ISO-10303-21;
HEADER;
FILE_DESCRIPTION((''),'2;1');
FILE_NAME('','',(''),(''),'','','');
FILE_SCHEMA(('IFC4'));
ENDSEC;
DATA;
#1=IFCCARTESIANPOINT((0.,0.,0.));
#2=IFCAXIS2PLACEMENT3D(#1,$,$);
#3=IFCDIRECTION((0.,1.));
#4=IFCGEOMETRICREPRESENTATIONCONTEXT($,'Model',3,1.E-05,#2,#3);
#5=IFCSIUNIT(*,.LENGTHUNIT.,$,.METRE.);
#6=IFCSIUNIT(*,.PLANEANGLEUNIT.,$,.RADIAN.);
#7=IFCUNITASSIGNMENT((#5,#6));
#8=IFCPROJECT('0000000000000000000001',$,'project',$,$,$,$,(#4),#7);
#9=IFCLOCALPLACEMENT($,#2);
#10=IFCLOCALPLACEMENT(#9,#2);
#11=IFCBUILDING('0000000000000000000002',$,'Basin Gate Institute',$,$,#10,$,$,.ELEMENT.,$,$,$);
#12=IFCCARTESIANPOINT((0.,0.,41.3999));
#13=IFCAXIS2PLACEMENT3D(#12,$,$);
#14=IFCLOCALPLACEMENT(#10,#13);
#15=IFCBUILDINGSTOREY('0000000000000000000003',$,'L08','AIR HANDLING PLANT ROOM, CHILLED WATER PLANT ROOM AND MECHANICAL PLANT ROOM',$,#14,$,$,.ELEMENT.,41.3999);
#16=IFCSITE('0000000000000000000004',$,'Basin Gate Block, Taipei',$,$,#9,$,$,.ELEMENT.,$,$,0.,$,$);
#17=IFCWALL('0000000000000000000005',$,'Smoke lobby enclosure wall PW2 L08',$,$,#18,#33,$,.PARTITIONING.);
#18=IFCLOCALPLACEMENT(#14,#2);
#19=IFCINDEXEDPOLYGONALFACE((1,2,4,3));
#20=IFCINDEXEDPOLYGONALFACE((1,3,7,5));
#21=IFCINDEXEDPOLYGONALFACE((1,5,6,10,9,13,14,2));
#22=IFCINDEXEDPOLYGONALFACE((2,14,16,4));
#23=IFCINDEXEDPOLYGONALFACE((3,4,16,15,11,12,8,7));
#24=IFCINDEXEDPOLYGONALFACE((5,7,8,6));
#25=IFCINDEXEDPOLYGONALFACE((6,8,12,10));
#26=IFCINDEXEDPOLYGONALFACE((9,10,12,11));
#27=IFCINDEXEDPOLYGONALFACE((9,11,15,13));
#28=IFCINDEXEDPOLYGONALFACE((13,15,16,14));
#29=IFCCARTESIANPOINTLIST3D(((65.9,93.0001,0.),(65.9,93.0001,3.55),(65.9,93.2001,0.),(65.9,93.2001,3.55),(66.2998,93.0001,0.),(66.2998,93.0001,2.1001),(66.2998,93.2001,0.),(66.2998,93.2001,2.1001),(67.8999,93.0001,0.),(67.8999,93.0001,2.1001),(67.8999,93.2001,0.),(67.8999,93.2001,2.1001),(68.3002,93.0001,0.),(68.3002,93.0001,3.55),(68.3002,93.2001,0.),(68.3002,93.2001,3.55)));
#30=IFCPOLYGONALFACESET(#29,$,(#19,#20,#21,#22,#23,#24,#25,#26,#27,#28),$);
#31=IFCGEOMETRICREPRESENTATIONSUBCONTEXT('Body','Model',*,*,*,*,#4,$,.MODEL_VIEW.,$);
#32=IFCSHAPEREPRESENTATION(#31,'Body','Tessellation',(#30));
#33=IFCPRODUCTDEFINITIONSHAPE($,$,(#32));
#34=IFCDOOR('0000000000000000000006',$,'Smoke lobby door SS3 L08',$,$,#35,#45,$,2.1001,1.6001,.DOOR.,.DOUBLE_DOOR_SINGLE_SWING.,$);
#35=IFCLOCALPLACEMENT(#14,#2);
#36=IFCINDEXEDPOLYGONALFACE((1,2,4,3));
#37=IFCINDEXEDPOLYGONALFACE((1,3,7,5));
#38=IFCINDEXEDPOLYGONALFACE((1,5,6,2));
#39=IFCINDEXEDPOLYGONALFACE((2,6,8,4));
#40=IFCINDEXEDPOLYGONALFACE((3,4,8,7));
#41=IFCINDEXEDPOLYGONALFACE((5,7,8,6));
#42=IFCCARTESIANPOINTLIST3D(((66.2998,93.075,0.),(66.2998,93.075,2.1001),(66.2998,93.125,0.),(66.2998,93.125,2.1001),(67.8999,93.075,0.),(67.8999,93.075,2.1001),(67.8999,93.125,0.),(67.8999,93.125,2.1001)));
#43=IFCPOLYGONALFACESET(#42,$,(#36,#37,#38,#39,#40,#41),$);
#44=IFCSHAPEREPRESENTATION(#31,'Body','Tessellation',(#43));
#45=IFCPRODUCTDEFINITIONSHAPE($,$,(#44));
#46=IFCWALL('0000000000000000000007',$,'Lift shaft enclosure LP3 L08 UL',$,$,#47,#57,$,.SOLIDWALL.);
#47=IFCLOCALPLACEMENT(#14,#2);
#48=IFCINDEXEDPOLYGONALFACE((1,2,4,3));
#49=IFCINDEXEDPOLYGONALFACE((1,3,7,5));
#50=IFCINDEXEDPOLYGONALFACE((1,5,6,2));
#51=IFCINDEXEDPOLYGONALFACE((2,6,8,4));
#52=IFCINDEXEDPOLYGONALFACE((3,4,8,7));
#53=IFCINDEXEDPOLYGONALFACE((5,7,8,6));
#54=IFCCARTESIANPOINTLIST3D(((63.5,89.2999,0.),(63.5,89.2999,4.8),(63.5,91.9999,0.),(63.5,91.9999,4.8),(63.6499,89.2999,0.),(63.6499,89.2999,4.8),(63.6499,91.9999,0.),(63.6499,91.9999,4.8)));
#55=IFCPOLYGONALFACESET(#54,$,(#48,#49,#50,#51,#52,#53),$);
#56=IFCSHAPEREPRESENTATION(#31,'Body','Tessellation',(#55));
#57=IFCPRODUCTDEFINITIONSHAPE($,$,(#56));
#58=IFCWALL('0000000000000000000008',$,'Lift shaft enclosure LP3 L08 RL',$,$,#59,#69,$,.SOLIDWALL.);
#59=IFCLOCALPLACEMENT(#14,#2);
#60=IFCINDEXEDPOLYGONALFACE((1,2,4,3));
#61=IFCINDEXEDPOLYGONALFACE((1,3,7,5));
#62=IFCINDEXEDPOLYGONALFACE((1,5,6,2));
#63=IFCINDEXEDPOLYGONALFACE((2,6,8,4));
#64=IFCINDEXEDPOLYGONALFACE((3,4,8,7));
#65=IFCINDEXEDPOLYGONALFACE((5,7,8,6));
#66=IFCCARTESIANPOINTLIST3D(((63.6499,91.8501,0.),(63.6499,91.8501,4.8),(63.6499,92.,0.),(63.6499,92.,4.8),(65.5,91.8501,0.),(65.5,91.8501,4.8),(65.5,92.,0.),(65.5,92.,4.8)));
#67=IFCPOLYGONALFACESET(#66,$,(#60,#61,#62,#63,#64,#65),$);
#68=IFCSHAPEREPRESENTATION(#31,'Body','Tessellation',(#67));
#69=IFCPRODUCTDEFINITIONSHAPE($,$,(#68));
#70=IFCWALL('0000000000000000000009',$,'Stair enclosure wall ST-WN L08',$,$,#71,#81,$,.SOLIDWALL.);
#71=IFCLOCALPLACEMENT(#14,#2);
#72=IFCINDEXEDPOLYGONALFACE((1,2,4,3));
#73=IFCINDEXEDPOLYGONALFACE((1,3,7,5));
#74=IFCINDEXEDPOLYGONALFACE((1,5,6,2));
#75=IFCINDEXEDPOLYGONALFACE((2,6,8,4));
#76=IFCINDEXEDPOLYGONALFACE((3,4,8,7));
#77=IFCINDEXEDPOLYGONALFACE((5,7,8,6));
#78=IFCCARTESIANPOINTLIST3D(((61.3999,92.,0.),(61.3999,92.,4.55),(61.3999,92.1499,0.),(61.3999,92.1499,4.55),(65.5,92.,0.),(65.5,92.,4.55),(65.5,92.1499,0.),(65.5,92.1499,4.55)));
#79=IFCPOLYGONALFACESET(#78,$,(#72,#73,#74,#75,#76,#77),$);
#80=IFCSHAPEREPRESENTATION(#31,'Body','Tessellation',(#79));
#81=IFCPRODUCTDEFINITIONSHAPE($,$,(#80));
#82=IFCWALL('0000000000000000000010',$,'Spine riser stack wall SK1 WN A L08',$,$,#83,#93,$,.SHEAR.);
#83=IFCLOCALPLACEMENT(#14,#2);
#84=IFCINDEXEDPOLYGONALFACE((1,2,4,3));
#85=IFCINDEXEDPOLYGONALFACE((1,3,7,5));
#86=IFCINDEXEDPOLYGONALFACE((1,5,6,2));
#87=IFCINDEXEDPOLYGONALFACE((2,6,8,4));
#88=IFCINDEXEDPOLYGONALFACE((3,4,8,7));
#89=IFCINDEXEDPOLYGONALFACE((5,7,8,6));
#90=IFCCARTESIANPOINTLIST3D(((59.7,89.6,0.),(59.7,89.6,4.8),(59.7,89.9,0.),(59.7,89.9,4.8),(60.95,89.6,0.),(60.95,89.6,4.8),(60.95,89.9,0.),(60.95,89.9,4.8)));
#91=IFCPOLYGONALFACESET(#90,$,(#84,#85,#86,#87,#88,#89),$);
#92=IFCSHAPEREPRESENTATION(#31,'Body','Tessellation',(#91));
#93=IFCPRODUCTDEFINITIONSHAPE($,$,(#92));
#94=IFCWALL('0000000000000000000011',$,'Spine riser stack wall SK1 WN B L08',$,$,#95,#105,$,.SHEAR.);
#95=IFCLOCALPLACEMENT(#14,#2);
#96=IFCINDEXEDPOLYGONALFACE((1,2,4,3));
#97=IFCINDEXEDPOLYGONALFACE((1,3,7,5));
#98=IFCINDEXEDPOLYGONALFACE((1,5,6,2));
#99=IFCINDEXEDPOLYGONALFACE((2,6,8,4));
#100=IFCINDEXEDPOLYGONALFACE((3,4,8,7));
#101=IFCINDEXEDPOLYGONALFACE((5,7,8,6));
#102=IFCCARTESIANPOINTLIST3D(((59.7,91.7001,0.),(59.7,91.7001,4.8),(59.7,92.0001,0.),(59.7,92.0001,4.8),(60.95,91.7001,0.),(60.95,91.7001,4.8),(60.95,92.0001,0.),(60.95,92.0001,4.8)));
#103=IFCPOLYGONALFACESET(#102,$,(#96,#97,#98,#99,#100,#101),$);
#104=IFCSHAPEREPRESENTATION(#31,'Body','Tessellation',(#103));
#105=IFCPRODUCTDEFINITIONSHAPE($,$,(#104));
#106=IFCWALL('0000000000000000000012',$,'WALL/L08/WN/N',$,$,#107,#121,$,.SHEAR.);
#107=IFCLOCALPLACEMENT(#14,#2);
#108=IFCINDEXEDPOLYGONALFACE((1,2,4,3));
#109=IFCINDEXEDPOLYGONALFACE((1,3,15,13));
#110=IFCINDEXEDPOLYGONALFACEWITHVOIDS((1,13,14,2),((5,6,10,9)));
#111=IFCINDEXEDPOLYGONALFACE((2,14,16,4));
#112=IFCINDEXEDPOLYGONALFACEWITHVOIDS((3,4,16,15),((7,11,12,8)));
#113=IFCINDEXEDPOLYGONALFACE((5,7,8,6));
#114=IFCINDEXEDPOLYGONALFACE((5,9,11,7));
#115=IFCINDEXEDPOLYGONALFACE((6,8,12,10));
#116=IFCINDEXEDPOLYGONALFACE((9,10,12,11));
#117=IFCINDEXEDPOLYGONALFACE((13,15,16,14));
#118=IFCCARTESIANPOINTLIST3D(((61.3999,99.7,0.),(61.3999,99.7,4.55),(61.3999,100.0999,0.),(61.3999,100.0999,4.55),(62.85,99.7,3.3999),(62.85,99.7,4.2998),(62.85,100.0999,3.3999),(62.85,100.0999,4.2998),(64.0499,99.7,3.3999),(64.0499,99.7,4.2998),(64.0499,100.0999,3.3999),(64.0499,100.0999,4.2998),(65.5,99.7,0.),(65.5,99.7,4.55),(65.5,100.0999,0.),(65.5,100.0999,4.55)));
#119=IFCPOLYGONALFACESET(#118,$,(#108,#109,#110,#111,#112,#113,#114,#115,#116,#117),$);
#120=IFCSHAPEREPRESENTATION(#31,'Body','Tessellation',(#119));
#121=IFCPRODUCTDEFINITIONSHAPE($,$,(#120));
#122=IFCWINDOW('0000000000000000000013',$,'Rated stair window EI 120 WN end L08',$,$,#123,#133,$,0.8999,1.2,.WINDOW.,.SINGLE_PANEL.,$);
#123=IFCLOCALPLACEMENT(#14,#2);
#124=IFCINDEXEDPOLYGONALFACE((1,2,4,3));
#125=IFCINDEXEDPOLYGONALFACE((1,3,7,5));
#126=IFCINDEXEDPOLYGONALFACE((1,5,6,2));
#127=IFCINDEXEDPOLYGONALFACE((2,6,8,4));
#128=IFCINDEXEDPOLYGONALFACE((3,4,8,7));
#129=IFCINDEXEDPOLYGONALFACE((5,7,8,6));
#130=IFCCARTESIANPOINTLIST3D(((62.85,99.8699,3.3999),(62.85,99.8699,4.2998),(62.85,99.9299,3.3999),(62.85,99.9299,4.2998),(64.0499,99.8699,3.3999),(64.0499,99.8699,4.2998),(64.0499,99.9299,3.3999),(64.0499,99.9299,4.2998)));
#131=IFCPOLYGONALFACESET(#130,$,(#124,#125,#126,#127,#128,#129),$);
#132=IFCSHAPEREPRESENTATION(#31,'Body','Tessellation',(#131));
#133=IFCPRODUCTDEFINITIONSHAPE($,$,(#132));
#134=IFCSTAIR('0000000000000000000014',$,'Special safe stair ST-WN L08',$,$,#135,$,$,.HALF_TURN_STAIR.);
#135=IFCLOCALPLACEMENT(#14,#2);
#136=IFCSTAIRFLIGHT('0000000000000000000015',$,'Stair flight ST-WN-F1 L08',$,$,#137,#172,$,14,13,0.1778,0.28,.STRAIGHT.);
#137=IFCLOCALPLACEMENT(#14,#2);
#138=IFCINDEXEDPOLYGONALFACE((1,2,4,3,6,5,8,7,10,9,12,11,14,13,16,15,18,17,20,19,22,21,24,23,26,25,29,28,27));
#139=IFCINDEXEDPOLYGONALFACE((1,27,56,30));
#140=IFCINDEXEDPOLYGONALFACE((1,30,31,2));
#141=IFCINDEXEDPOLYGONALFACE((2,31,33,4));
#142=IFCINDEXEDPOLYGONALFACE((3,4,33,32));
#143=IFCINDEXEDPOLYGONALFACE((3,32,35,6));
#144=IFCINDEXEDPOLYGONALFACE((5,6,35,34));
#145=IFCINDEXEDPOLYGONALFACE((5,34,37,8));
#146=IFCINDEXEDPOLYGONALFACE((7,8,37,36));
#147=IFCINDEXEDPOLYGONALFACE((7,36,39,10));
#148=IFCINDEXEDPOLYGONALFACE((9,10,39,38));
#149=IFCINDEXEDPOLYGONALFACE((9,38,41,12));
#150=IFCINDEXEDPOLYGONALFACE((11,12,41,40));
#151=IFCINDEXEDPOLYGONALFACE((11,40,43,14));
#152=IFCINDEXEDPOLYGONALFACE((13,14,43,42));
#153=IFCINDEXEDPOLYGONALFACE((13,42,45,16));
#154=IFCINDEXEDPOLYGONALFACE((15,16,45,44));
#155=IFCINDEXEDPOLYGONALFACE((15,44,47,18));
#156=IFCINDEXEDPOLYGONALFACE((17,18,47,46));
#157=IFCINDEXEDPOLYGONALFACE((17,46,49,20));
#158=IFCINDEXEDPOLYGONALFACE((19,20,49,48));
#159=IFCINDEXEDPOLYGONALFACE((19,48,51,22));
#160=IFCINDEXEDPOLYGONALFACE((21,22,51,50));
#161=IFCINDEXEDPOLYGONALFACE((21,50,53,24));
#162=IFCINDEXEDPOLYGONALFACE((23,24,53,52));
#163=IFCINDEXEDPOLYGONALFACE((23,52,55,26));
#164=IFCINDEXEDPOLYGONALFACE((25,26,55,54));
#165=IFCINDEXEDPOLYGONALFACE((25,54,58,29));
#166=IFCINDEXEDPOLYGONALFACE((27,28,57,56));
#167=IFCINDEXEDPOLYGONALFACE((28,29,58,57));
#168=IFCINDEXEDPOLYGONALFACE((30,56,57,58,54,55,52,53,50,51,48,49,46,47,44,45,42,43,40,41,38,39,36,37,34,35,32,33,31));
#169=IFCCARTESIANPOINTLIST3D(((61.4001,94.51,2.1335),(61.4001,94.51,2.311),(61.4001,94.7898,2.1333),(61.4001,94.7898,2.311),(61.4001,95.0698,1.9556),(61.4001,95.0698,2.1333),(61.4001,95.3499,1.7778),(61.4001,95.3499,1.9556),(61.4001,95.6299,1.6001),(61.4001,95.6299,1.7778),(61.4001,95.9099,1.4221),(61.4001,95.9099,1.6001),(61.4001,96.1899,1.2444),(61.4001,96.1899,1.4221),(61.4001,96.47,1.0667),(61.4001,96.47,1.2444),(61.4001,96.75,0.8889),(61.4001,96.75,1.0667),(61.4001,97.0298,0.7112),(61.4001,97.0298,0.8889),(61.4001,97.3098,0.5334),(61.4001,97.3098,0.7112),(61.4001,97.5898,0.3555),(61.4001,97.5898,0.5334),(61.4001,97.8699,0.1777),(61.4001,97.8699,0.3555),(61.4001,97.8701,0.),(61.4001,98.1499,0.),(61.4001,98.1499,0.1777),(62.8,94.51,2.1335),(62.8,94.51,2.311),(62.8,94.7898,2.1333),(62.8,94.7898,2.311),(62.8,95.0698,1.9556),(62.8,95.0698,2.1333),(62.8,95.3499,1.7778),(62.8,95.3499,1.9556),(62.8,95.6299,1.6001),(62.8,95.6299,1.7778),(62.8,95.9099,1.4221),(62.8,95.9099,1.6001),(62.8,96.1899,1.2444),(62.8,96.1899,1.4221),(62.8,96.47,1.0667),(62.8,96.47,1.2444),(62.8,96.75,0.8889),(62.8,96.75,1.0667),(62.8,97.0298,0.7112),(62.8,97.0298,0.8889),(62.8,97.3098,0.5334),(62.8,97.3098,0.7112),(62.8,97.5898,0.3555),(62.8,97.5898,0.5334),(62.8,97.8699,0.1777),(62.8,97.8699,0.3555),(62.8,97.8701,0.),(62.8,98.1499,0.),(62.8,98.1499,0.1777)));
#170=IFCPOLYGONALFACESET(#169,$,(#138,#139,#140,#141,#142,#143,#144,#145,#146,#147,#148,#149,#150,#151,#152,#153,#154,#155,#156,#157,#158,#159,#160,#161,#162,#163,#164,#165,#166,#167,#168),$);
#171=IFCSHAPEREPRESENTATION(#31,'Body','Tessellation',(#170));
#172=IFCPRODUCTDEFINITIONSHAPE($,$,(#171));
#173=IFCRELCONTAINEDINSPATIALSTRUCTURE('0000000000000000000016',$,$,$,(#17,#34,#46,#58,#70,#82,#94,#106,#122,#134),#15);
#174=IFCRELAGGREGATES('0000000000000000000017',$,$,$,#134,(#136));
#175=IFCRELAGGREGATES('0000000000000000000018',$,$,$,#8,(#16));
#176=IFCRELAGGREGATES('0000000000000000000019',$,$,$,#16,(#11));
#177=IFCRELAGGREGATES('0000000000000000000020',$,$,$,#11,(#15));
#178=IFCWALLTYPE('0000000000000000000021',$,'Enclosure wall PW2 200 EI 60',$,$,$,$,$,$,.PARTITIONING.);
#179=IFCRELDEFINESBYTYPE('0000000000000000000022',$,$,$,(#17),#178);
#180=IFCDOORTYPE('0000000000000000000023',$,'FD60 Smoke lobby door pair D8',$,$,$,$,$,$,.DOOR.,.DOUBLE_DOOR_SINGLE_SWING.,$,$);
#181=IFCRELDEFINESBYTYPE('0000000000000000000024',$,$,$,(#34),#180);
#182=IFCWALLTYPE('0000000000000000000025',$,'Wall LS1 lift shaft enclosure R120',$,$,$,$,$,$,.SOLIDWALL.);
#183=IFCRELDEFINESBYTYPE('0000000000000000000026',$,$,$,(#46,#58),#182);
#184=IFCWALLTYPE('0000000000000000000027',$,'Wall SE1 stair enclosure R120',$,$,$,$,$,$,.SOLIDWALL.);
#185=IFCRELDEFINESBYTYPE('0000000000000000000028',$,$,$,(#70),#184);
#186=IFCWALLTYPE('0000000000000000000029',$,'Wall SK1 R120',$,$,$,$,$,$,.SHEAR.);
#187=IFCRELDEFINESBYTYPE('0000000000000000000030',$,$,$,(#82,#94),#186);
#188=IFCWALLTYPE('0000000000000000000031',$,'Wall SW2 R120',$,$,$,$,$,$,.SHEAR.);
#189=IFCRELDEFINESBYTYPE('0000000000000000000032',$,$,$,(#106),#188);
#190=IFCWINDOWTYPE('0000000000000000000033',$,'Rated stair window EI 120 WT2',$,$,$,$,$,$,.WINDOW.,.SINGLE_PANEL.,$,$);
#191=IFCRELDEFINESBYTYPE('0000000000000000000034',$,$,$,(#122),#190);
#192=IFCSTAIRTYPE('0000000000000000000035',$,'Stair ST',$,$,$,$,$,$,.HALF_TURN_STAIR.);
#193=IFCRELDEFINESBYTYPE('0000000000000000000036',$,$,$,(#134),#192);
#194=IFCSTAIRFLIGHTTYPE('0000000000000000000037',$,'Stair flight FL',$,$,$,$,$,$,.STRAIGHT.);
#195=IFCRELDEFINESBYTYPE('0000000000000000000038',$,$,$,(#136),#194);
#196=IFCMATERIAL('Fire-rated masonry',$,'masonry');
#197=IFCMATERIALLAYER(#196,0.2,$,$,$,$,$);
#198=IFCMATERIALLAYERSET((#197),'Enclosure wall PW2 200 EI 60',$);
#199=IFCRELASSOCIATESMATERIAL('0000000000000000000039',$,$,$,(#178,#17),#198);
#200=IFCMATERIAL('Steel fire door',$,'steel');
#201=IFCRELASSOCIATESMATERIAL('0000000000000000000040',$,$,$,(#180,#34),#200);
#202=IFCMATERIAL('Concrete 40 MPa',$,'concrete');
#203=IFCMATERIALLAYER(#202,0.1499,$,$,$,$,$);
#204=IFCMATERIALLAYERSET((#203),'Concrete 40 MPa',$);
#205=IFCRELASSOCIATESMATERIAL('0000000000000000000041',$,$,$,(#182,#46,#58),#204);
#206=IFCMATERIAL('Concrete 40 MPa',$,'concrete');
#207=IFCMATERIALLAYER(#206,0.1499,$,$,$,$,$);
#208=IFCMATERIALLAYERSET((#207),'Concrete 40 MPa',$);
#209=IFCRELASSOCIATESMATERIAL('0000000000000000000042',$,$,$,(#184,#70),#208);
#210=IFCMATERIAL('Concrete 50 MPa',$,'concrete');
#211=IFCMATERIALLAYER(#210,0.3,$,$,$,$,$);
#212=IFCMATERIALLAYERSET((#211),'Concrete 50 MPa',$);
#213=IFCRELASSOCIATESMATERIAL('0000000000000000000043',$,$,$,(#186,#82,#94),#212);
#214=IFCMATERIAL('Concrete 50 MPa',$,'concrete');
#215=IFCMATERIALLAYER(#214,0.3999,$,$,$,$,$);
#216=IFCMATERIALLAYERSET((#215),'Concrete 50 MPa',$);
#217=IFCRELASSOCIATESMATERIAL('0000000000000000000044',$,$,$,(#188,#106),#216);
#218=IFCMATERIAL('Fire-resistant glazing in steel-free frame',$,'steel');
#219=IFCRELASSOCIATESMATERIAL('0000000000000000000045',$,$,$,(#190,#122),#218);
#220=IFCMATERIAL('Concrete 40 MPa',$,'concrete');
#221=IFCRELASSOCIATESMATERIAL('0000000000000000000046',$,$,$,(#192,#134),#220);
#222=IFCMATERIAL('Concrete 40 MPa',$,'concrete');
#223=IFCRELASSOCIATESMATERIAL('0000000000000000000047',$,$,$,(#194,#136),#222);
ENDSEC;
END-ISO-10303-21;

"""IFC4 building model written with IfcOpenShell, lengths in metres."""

from ifc_helpers import new_model, si_unit, direction, frame, frame_2d, origin, place, context, subcontext, project, spatial, polyline, rectangle, outline, extrude, material, layer, layer_set, type_object, element, fill, aggregate, save


model = new_model("IFC4")

# Units and contexts
model_context = context("Model", 3, precision=1e-05, world=origin(), true_north=direction((0.0, 1.0)))
body_context = subcontext(model_context, "Body", "Model", "MODEL_VIEW")
ifc_project = project(units=[si_unit("LENGTHUNIT", "METRE"), si_unit("PLANEANGLEUNIT", "RADIAN")], contexts=[model_context])

# Site, building, storey
site_placement = place(None, origin())
site = spatial("IfcSite", under=ifc_project, at=site_placement, Name="Basin Gate Block, Taipei", CompositionType="ELEMENT", RefElevation=0.0)
building_placement = place(site_placement, origin())
building = spatial("IfcBuilding", under=site, at=building_placement, Name="Basin Gate Institute", CompositionType="ELEMENT")
storey_placement = place(building_placement, frame((0.0, 0.0, 41.3999)))
storey = spatial("IfcBuildingStorey", under=building, at=storey_placement, Name="L08", Description="AIR HANDLING PLANT ROOM, CHILLED WATER PLANT ROOM AND MECHANICAL PLANT ROOM", CompositionType="ELEMENT", Elevation=41.3999)

# Wall, opening, door
ifc_material_1 = material(Name="Fire-rated masonry", Category="masonry")
ifc_layer_1 = layer(ifc_material_1, 0.2)
ifc_layer_set_1 = layer_set([ifc_layer_1], Name="Enclosure wall PW2 200 EI 60")
wall_type_1 = type_object("IfcWallType", Name="Enclosure wall PW2 200 EI 60", PredefinedType="PARTITIONING", material=ifc_layer_set_1)
wall_1_placement = place(storey_placement, frame((65.8999, 93.1001, 0.0), z_axis=(0.0, 0.0, 1.0), x_axis=(1.0, 0.0, 0.0)))
wall_1 = element("IfcWall", 1, at=wall_1_placement, inside=storey, type_object=wall_type_1, material=ifc_layer_set_1, Name="Smoke lobby enclosure wall PW2 L08", PredefinedType="PARTITIONING", context=body_context, shape_type="SweptSolid", body=[
    extrude(rectangle(XDim=2.4001, YDim=0.2, at=frame_2d((1.2002, 0.0))), origin(), (0.0, 0.0, 1.0), 3.55),
])
opening_1_placement = place(wall_1_placement, frame((0.3999, 0.0, 0.0)))
opening_1 = element("IfcOpeningElement", 2, at=opening_1_placement, cuts=wall_1, PredefinedType="OPENING", context=body_context, shape_type="SweptSolid", body=[
    extrude(rectangle(XDim=1.6001, YDim=2.1001, at=frame_2d((0.8, 1.05))), frame((0.0, 0.1099, 0.0), z_axis=(0.0, -1.0, 0.0), x_axis=(1.0, 0.0, 0.0)), (0.0, 0.0, 1.0), 0.22),
])
ifc_material_2 = material(Name="Steel fire door", Category="steel")
door_type = type_object("IfcDoorType", Name="FD60 Smoke lobby door pair D8", OperationType="DOUBLE_DOOR_SINGLE_SWING", PredefinedType="DOOR", material=ifc_material_2)
door_placement = place(opening_1_placement, origin())
door = element("IfcDoor", 3, at=door_placement, inside=storey, type_object=door_type, material=ifc_material_2, Name="Smoke lobby door SS3 L08", OperationType="DOUBLE_DOOR_SINGLE_SWING", OverallHeight=2.1001, OverallWidth=1.6001, PredefinedType="DOOR", context=body_context, shape_type="SweptSolid", body=[
    extrude(rectangle(XDim=1.6001, YDim=2.1001, at=frame_2d((0.8, 1.05))), frame((0.0, 0.0249, 0.0), z_axis=(0.0, -1.0, 0.0), x_axis=(1.0, 0.0, 0.0)), (0.0, 0.0, 1.0), 0.05),
])
fill(opening_1, door)

# Walls
ifc_material_3 = material(Name="Concrete 40 MPa", Category="concrete")
ifc_layer_2 = layer(ifc_material_3, 0.1499)
ifc_layer_set_2 = layer_set([ifc_layer_2], Name="Concrete 40 MPa")
wall_type_2 = type_object("IfcWallType", Name="Wall LS1 lift shaft enclosure R120", PredefinedType="SOLIDWALL", material=ifc_layer_set_2)
wall_2_placement = place(storey_placement, frame((63.575, 92.0, 0.0), z_axis=(0.0, 0.0, 1.0), x_axis=(0.0, -1.0, 0.0)))
element("IfcWall", 4, at=wall_2_placement, inside=storey, type_object=wall_type_2, material=ifc_layer_set_2, Name="Lift shaft enclosure LP3 L08 UL", PredefinedType="SOLIDWALL", context=body_context, shape_type="SweptSolid", body=[
    extrude(rectangle(XDim=2.7, YDim=0.1499, at=frame_2d((1.3501, 0.0))), origin(), (0.0, 0.0, 1.0), 4.8),
])
wall_3_placement = place(storey_placement, frame((63.6499, 91.925, 0.0), z_axis=(0.0, 0.0, 1.0), x_axis=(1.0, 0.0, 0.0)))
element("IfcWall", 5, at=wall_3_placement, inside=storey, type_object=wall_type_2, material=ifc_layer_set_2, Name="Lift shaft enclosure LP3 L08 RL", PredefinedType="SOLIDWALL", context=body_context, shape_type="SweptSolid", body=[
    extrude(rectangle(XDim=1.8501, YDim=0.1499, at=frame_2d((0.925, 0.0))), origin(), (0.0, 0.0, 1.0), 4.8),
])
ifc_material_4 = material(Name="Concrete 40 MPa", Category="concrete")
ifc_layer_3 = layer(ifc_material_4, 0.1499)
ifc_layer_set_3 = layer_set([ifc_layer_3], Name="Concrete 40 MPa")
wall_type_3 = type_object("IfcWallType", Name="Wall SE1 stair enclosure R120", PredefinedType="SOLIDWALL", material=ifc_layer_set_3)
wall_4_placement = place(storey_placement, frame((61.3999, 92.075, 0.0), z_axis=(0.0, 0.0, 1.0), x_axis=(1.0, 0.0, 0.0)))
element("IfcWall", 6, at=wall_4_placement, inside=storey, type_object=wall_type_3, material=ifc_layer_set_3, Name="Stair enclosure wall ST-WN L08", PredefinedType="SOLIDWALL", context=body_context, shape_type="SweptSolid", body=[
    extrude(rectangle(XDim=4.1001, YDim=0.1499, at=frame_2d((2.05, 0.0))), origin(), (0.0, 0.0, 1.0), 4.55),
])
ifc_material_5 = material(Name="Concrete 50 MPa", Category="concrete")
ifc_layer_4 = layer(ifc_material_5, 0.3)
ifc_layer_set_4 = layer_set([ifc_layer_4], Name="Concrete 50 MPa")
wall_type_4 = type_object("IfcWallType", Name="Wall SK1 R120", PredefinedType="SHEAR", material=ifc_layer_set_4)
for number, where, z_axis, x_axis, name in (
    (7, (60.95, 89.75, 0.0), (0.0, 0.0, 1.0), (-1.0, 0.0, 0.0), "Spine riser stack wall SK1 WN A L08"),
    (8, (60.95, 91.8501, 0.0), (0.0, 0.0, 1.0), (-1.0, 0.0, 0.0), "Spine riser stack wall SK1 WN B L08"),
):
    element("IfcWall", number, at=place(storey_placement, frame(where, z_axis=z_axis, x_axis=x_axis)), inside=storey, type_object=wall_type_4, material=ifc_layer_set_4, Name=name, PredefinedType="SHEAR", context=body_context, shape_type="SweptSolid", body=[
        extrude(rectangle(XDim=1.25, YDim=0.3, at=frame_2d((0.625, 0.0))), origin(), (0.0, 0.0, 1.0), 4.8),
    ])

# Wall, opening, window
ifc_material_6 = material(Name="Concrete 50 MPa", Category="concrete")
ifc_layer_5 = layer(ifc_material_6, 0.3999)
ifc_layer_set_5 = layer_set([ifc_layer_5], Name="Concrete 50 MPa")
wall_type_5 = type_object("IfcWallType", Name="Wall SW2 R120", PredefinedType="SHEAR", material=ifc_layer_set_5)
wall_5_placement = place(storey_placement, frame((61.3999, 99.8999, 0.0), z_axis=(0.0, 0.0, 1.0), x_axis=(1.0, 0.0, 0.0)))
wall_5 = element("IfcWall", 9, at=wall_5_placement, inside=storey, type_object=wall_type_5, material=ifc_layer_set_5, Name="WALL/L08/WN/N", PredefinedType="SHEAR", context=body_context, shape_type="SweptSolid", body=[
    extrude(rectangle(XDim=4.1001, YDim=0.3999, at=frame_2d((2.05, 0.0))), origin(), (0.0, 0.0, 1.0), 4.55),
])
opening_2_placement = place(wall_5_placement, frame((1.45, 0.0, 3.3999)))
opening_2 = element("IfcOpeningElement", 10, at=opening_2_placement, cuts=wall_5, PredefinedType="OPENING", context=body_context, shape_type="SweptSolid", body=[
    extrude(rectangle(XDim=1.2, YDim=0.8999, at=frame_2d((0.6001, 0.45))), frame((0.0, 0.21, 0.0), z_axis=(0.0, -1.0, 0.0), x_axis=(1.0, 0.0, 0.0)), (0.0, 0.0, 1.0), 0.4199),
])
ifc_material_7 = material(Name="Fire-resistant glazing in steel-free frame", Category="steel")
window_type = type_object("IfcWindowType", Name="Rated stair window EI 120 WT2", PartitioningType="SINGLE_PANEL", PredefinedType="WINDOW", material=ifc_material_7)
window_placement = place(opening_2_placement, origin())
window = element("IfcWindow", 11, at=window_placement, inside=storey, type_object=window_type, material=ifc_material_7, Name="Rated stair window EI 120 WN end L08", OverallHeight=0.8999, OverallWidth=1.2, PartitioningType="SINGLE_PANEL", PredefinedType="WINDOW", context=body_context, shape_type="SweptSolid", body=[
    extrude(rectangle(XDim=1.2, YDim=0.8999, at=frame_2d((0.6001, 0.45))), frame((0.0, 0.03, 0.0), z_axis=(0.0, -1.0, 0.0), x_axis=(1.0, 0.0, 0.0)), (0.0, 0.0, 1.0), 0.0601),
])
fill(opening_2, window)

# Stair, stair flight
ifc_material_8 = material(Name="Concrete 40 MPa", Category="concrete")
stair_type = type_object("IfcStairType", Name="Stair ST", PredefinedType="HALF_TURN_STAIR", material=ifc_material_8)
stair_placement = place(storey_placement, origin())
stair = element("IfcStair", 12, at=stair_placement, inside=storey, type_object=stair_type, material=ifc_material_8, Name="Special safe stair ST-WN L08", PredefinedType="HALF_TURN_STAIR")
ifc_material_9 = material(Name="Concrete 40 MPa", Category="concrete")
stair_flight_type = type_object("IfcStairFlightType", Name="Stair flight FL", PredefinedType="STRAIGHT", material=ifc_material_9)
stair_flight_1_placement = place(storey_placement, frame((62.1001, 98.1499, 0.0), z_axis=(0.0, 0.0, 1.0), x_axis=(0.0, -1.0, 0.0)))
stair_flight_1 = element("IfcStairFlight", 13, at=stair_flight_1_placement, type_object=stair_flight_type, material=ifc_material_9, Name="Stair flight ST-WN-F1 L08", NumberOfRisers=14, NumberOfTreads=13, PredefinedType="STRAIGHT", RiserHeight=0.1778, TreadLength=0.28, context=body_context, shape_type="SweptSolid", body=[
    extrude(outline(polyline([(0.0, 0.0), (0.0, 0.1777), (0.28, 0.1777), (0.28, 0.3555), (0.5601, 0.3555), (0.5601, 0.5334), (0.8401, 0.5334), (0.8401, 0.7112), (1.1201, 0.7112), (1.1201, 0.8889), (1.3999, 0.8889), (1.3999, 1.0667), (1.6799, 1.0667), (1.6799, 1.2444), (1.96, 1.2444), (1.96, 1.4221), (2.24, 1.4221), (2.24, 1.6001), (2.52, 1.6001), (2.52, 1.7778), (2.8, 1.7778), (2.8, 1.9556), (3.0801, 1.9556), (3.0801, 2.1333), (3.3601, 2.1333), (3.3601, 2.311), (3.6399, 2.311), (3.6399, 2.4888), (3.6399, 2.1335), (0.2798, 0.0), (0.0, 0.0)])), frame((0.0, 0.7, 0.0), z_axis=(0.0, -1.0, 0.0), x_axis=(1.0, 0.0, 0.0)), (0.0, 0.0, 1.0), 1.3999),
])
aggregate(stair, [stair_flight_1])

save(model, "model.ifc")
